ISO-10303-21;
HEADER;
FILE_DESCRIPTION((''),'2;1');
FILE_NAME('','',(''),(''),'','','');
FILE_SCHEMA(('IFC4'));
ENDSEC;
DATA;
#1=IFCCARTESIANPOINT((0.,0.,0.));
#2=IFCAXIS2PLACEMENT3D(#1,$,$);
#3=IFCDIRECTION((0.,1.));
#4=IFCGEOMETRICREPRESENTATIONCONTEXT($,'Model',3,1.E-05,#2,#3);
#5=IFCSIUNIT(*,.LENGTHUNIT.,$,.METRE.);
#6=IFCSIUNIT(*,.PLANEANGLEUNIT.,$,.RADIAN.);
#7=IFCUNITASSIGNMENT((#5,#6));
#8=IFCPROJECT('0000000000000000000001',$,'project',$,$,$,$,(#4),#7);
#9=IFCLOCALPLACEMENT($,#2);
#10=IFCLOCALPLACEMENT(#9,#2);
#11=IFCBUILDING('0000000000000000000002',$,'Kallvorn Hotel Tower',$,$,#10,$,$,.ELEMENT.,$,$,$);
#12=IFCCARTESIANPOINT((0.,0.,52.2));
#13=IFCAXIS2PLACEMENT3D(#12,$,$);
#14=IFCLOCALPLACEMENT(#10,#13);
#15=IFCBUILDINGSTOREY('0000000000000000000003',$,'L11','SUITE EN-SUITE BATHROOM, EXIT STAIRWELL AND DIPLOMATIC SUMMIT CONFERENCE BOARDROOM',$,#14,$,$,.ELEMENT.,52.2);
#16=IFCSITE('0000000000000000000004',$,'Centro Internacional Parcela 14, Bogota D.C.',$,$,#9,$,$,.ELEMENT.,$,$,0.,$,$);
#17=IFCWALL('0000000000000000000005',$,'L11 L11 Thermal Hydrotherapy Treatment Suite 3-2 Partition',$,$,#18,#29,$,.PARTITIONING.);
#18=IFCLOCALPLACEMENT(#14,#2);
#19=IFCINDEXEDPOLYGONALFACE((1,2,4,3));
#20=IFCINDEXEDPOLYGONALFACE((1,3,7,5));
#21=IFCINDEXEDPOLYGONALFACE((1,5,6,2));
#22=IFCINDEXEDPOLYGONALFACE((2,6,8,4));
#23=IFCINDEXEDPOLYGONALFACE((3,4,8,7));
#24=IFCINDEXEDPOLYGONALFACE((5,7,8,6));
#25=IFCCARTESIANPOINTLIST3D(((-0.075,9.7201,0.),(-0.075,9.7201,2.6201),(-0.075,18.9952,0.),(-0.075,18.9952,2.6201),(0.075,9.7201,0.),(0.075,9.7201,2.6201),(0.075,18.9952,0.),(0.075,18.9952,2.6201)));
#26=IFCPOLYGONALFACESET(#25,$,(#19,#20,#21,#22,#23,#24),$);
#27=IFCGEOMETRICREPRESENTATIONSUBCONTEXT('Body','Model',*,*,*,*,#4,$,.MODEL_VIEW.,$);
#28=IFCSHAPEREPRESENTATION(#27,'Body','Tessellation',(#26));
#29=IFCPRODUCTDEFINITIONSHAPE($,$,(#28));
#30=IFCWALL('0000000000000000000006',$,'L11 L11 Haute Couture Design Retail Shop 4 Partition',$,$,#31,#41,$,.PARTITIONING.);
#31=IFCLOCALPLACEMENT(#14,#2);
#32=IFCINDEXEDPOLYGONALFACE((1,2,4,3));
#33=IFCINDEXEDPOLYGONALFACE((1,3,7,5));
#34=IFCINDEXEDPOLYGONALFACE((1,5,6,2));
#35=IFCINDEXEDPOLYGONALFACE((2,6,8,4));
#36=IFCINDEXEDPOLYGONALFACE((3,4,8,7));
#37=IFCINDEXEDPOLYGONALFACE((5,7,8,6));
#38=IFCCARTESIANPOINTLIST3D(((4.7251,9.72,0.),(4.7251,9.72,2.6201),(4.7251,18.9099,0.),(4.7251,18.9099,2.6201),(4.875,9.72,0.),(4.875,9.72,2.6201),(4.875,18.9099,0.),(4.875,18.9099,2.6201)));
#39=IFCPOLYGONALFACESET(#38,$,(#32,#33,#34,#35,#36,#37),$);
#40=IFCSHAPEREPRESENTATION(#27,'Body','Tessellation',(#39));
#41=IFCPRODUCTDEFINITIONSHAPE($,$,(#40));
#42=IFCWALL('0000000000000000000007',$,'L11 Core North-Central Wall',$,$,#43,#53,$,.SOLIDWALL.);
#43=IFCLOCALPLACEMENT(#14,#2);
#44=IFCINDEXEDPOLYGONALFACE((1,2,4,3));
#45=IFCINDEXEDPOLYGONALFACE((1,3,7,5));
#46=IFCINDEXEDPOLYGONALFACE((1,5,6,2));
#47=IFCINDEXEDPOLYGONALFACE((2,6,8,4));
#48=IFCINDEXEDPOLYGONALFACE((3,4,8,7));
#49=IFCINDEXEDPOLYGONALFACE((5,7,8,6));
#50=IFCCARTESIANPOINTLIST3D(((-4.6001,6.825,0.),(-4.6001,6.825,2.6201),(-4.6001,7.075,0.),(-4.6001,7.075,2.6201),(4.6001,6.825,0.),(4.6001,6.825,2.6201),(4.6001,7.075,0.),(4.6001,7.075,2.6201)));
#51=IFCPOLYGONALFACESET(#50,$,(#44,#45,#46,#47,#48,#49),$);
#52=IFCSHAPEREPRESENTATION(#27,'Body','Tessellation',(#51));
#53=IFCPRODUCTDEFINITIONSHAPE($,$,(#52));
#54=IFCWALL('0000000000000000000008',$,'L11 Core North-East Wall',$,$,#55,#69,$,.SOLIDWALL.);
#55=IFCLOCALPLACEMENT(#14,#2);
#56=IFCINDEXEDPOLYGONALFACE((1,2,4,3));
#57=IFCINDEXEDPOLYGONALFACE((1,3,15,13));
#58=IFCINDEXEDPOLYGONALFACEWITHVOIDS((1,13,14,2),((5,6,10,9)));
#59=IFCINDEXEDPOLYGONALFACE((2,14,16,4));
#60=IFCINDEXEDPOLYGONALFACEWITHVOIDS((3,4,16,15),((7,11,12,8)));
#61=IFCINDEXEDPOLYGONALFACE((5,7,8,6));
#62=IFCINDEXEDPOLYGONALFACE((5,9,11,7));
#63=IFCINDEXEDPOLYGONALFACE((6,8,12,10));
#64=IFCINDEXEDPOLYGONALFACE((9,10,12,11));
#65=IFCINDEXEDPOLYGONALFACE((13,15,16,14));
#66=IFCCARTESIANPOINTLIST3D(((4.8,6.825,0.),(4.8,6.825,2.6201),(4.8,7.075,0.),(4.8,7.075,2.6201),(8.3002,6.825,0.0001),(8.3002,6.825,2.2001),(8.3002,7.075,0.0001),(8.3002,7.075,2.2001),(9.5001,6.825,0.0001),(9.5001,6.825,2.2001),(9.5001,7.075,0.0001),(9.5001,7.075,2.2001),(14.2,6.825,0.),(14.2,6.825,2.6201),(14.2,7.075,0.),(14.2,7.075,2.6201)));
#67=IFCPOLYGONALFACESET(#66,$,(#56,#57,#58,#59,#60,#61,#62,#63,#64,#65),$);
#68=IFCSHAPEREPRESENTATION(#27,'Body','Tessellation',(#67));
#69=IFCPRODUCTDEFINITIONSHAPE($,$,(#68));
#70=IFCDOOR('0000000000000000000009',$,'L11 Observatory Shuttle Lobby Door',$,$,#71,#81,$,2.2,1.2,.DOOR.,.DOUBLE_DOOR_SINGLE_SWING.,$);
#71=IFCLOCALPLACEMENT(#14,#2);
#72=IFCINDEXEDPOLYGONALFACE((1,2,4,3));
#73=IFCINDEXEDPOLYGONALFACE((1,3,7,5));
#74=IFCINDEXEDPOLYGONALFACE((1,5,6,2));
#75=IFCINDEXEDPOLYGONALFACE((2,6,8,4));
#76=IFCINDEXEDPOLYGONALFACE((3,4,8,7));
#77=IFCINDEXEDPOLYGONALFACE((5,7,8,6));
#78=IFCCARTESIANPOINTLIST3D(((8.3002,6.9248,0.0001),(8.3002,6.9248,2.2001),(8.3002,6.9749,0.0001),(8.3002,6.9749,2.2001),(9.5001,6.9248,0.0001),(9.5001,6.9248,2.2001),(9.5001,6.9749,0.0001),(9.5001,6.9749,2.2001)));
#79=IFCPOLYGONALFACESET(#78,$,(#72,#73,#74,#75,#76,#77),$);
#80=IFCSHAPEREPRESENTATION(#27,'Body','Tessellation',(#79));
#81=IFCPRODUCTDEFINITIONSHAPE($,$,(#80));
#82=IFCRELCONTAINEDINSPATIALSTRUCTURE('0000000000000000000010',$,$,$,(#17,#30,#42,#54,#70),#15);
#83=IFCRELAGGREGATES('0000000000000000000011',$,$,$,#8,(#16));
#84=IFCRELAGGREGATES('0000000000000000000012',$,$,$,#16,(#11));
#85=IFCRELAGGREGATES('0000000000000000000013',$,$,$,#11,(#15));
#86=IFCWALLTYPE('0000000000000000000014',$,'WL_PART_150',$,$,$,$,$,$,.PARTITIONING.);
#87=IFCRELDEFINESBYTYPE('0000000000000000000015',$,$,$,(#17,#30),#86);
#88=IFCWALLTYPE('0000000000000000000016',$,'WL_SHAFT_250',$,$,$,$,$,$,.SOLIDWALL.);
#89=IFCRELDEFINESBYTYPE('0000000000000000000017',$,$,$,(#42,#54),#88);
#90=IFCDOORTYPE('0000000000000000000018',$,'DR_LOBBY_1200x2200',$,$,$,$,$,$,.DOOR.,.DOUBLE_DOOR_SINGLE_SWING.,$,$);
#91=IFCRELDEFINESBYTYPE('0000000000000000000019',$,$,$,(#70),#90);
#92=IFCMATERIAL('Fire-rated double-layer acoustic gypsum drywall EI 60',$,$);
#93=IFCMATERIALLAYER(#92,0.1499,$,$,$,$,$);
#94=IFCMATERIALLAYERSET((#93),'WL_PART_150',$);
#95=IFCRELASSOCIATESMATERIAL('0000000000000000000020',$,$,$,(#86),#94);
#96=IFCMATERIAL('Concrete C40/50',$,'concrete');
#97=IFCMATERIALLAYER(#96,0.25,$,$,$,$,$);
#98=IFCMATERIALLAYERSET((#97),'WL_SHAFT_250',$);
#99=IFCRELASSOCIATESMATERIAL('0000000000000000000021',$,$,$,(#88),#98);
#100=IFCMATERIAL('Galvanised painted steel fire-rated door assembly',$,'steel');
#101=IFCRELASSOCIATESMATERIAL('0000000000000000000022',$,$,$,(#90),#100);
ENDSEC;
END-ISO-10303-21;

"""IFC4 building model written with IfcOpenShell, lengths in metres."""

from ifc_helpers import new_model, si_unit, direction, frame, frame_2d, origin, place, context, subcontext, project, spatial, rectangle, extrude, material, layer, layer_set, type_object, element, fill, save


model = new_model("IFC4")

# Units and contexts
model_context = context("Model", 3, precision=1e-05, world=origin(), true_north=direction((0.0, 1.0)))
body_context = subcontext(model_context, "Body", "Model", "MODEL_VIEW")
ifc_project = project(units=[si_unit("LENGTHUNIT", "METRE"), si_unit("PLANEANGLEUNIT", "RADIAN")], contexts=[model_context])

# Site, building, storey
site_placement = place(None, origin())
site = spatial("IfcSite", under=ifc_project, at=site_placement, Name="Centro Internacional Parcela 14, Bogota D.C.", CompositionType="ELEMENT", RefElevation=0.0)
building_placement = place(site_placement, origin())
building = spatial("IfcBuilding", under=site, at=building_placement, Name="Kallvorn Hotel Tower", CompositionType="ELEMENT")
storey_placement = place(building_placement, frame((0.0, 0.0, 52.2)))
storey = spatial("IfcBuildingStorey", under=building, at=storey_placement, Name="L11", Description="SUITE EN-SUITE BATHROOM, EXIT STAIRWELL AND DIPLOMATIC SUMMIT CONFERENCE BOARDROOM", CompositionType="ELEMENT", Elevation=52.2)

# Walls
ifc_material_1 = material(Name="Fire-rated double-layer acoustic gypsum drywall EI 60")
ifc_layer_1 = layer(ifc_material_1, 0.1499)
ifc_layer_set_1 = layer_set([ifc_layer_1], Name="WL_PART_150")
wall_type_1 = type_object("IfcWallType", Name="WL_PART_150", PredefinedType="PARTITIONING", material=ifc_layer_set_1)
wall_1_placement = place(storey_placement, frame((0.0, 9.72, 0.0), z_axis=(0.0, 0.0, 1.0), x_axis=(0.0, 1.0, 0.0)))
element("IfcWall", 1, at=wall_1_placement, inside=storey, type_object=wall_type_1, Name="L11 L11 Thermal Hydrotherapy Treatment Suite 3-2 Partition", PredefinedType="PARTITIONING", context=body_context, shape_type="SweptSolid", body=[
    extrude(rectangle(XDim=9.2751, YDim=0.1499, at=frame_2d((4.6377, 0.0))), origin(), (0.0, 0.0, 1.0), 2.6201),
])
wall_2_placement = place(storey_placement, frame((4.8, 9.72, 0.0), z_axis=(0.0, 0.0, 1.0), x_axis=(0.0, 1.0, 0.0)))
element("IfcWall", 2, at=wall_2_placement, inside=storey, type_object=wall_type_1, Name="L11 L11 Haute Couture Design Retail Shop 4 Partition", PredefinedType="PARTITIONING", context=body_context, shape_type="SweptSolid", body=[
    extrude(rectangle(XDim=9.1899, YDim=0.1499, at=frame_2d((4.595, 0.0))), origin(), (0.0, 0.0, 1.0), 2.6201),
])
ifc_material_2 = material(Name="Concrete C40/50", Category="concrete")
ifc_layer_2 = layer(ifc_material_2, 0.25)
ifc_layer_set_2 = layer_set([ifc_layer_2], Name="WL_SHAFT_250")
wall_type_2 = type_object("IfcWallType", Name="WL_SHAFT_250", PredefinedType="SOLIDWALL", material=ifc_layer_set_2)
wall_3_placement = place(storey_placement, frame((-4.6001, 6.95, 0.0), z_axis=(0.0, 0.0, 1.0), x_axis=(1.0, 0.0, 0.0)))
element("IfcWall", 3, at=wall_3_placement, inside=storey, type_object=wall_type_2, Name="L11 Core North-Central Wall", PredefinedType="SOLIDWALL", context=body_context, shape_type="SweptSolid", body=[
    extrude(rectangle(XDim=9.2002, YDim=0.25, at=frame_2d((4.6001, 0.0))), origin(), (0.0, 0.0, 1.0), 2.6201),
])

# Wall, opening, door
wall_4_placement = place(storey_placement, frame((4.8, 6.95, 0.0), z_axis=(0.0, 0.0, 1.0), x_axis=(1.0, 0.0, 0.0)))
wall_4 = element("IfcWall", 4, at=wall_4_placement, inside=storey, type_object=wall_type_2, Name="L11 Core North-East Wall", PredefinedType="SOLIDWALL", context=body_context, shape_type="SweptSolid", body=[
    extrude(rectangle(XDim=9.3999, YDim=0.25, at=frame_2d((4.7, 0.0))), origin(), (0.0, 0.0, 1.0), 2.6201),
])
opening_1_placement = place(wall_4_placement, frame((3.5, 0.0, 0.0)))
opening_1 = element("IfcOpeningElement", 5, at=opening_1_placement, cuts=wall_4, PredefinedType="OPENING", context=body_context, shape_type="SweptSolid", body=[
    extrude(rectangle(XDim=1.2, YDim=2.2, at=frame_2d((0.6001, 1.1001))), frame((0.0, 0.1399, 0.0), z_axis=(0.0, -1.0, 0.0), x_axis=(1.0, 0.0, 0.0)), (0.0, 0.0, 1.0), 0.28),
])
ifc_material_3 = material(Name="Galvanised painted steel fire-rated door assembly", Category="steel")
door_type = type_object("IfcDoorType", Name="DR_LOBBY_1200x2200", OperationType="DOUBLE_DOOR_SINGLE_SWING", PredefinedType="DOOR", material=ifc_material_3)
door_placement = place(opening_1_placement, origin())
door = element("IfcDoor", 6, at=door_placement, inside=storey, type_object=door_type, Name="L11 Observatory Shuttle Lobby Door", OperationType="DOUBLE_DOOR_SINGLE_SWING", OverallHeight=2.2, OverallWidth=1.2, PredefinedType="DOOR", context=body_context, shape_type="SweptSolid", body=[
    extrude(rectangle(XDim=1.2, YDim=2.2, at=frame_2d((0.6001, 1.1001))), frame((0.0, 0.0249, 0.0), z_axis=(0.0, -1.0, 0.0), x_axis=(1.0, 0.0, 0.0)), (0.0, 0.0, 1.0), 0.05),
])
fill(opening_1, door)

save(model, "model.ifc")
